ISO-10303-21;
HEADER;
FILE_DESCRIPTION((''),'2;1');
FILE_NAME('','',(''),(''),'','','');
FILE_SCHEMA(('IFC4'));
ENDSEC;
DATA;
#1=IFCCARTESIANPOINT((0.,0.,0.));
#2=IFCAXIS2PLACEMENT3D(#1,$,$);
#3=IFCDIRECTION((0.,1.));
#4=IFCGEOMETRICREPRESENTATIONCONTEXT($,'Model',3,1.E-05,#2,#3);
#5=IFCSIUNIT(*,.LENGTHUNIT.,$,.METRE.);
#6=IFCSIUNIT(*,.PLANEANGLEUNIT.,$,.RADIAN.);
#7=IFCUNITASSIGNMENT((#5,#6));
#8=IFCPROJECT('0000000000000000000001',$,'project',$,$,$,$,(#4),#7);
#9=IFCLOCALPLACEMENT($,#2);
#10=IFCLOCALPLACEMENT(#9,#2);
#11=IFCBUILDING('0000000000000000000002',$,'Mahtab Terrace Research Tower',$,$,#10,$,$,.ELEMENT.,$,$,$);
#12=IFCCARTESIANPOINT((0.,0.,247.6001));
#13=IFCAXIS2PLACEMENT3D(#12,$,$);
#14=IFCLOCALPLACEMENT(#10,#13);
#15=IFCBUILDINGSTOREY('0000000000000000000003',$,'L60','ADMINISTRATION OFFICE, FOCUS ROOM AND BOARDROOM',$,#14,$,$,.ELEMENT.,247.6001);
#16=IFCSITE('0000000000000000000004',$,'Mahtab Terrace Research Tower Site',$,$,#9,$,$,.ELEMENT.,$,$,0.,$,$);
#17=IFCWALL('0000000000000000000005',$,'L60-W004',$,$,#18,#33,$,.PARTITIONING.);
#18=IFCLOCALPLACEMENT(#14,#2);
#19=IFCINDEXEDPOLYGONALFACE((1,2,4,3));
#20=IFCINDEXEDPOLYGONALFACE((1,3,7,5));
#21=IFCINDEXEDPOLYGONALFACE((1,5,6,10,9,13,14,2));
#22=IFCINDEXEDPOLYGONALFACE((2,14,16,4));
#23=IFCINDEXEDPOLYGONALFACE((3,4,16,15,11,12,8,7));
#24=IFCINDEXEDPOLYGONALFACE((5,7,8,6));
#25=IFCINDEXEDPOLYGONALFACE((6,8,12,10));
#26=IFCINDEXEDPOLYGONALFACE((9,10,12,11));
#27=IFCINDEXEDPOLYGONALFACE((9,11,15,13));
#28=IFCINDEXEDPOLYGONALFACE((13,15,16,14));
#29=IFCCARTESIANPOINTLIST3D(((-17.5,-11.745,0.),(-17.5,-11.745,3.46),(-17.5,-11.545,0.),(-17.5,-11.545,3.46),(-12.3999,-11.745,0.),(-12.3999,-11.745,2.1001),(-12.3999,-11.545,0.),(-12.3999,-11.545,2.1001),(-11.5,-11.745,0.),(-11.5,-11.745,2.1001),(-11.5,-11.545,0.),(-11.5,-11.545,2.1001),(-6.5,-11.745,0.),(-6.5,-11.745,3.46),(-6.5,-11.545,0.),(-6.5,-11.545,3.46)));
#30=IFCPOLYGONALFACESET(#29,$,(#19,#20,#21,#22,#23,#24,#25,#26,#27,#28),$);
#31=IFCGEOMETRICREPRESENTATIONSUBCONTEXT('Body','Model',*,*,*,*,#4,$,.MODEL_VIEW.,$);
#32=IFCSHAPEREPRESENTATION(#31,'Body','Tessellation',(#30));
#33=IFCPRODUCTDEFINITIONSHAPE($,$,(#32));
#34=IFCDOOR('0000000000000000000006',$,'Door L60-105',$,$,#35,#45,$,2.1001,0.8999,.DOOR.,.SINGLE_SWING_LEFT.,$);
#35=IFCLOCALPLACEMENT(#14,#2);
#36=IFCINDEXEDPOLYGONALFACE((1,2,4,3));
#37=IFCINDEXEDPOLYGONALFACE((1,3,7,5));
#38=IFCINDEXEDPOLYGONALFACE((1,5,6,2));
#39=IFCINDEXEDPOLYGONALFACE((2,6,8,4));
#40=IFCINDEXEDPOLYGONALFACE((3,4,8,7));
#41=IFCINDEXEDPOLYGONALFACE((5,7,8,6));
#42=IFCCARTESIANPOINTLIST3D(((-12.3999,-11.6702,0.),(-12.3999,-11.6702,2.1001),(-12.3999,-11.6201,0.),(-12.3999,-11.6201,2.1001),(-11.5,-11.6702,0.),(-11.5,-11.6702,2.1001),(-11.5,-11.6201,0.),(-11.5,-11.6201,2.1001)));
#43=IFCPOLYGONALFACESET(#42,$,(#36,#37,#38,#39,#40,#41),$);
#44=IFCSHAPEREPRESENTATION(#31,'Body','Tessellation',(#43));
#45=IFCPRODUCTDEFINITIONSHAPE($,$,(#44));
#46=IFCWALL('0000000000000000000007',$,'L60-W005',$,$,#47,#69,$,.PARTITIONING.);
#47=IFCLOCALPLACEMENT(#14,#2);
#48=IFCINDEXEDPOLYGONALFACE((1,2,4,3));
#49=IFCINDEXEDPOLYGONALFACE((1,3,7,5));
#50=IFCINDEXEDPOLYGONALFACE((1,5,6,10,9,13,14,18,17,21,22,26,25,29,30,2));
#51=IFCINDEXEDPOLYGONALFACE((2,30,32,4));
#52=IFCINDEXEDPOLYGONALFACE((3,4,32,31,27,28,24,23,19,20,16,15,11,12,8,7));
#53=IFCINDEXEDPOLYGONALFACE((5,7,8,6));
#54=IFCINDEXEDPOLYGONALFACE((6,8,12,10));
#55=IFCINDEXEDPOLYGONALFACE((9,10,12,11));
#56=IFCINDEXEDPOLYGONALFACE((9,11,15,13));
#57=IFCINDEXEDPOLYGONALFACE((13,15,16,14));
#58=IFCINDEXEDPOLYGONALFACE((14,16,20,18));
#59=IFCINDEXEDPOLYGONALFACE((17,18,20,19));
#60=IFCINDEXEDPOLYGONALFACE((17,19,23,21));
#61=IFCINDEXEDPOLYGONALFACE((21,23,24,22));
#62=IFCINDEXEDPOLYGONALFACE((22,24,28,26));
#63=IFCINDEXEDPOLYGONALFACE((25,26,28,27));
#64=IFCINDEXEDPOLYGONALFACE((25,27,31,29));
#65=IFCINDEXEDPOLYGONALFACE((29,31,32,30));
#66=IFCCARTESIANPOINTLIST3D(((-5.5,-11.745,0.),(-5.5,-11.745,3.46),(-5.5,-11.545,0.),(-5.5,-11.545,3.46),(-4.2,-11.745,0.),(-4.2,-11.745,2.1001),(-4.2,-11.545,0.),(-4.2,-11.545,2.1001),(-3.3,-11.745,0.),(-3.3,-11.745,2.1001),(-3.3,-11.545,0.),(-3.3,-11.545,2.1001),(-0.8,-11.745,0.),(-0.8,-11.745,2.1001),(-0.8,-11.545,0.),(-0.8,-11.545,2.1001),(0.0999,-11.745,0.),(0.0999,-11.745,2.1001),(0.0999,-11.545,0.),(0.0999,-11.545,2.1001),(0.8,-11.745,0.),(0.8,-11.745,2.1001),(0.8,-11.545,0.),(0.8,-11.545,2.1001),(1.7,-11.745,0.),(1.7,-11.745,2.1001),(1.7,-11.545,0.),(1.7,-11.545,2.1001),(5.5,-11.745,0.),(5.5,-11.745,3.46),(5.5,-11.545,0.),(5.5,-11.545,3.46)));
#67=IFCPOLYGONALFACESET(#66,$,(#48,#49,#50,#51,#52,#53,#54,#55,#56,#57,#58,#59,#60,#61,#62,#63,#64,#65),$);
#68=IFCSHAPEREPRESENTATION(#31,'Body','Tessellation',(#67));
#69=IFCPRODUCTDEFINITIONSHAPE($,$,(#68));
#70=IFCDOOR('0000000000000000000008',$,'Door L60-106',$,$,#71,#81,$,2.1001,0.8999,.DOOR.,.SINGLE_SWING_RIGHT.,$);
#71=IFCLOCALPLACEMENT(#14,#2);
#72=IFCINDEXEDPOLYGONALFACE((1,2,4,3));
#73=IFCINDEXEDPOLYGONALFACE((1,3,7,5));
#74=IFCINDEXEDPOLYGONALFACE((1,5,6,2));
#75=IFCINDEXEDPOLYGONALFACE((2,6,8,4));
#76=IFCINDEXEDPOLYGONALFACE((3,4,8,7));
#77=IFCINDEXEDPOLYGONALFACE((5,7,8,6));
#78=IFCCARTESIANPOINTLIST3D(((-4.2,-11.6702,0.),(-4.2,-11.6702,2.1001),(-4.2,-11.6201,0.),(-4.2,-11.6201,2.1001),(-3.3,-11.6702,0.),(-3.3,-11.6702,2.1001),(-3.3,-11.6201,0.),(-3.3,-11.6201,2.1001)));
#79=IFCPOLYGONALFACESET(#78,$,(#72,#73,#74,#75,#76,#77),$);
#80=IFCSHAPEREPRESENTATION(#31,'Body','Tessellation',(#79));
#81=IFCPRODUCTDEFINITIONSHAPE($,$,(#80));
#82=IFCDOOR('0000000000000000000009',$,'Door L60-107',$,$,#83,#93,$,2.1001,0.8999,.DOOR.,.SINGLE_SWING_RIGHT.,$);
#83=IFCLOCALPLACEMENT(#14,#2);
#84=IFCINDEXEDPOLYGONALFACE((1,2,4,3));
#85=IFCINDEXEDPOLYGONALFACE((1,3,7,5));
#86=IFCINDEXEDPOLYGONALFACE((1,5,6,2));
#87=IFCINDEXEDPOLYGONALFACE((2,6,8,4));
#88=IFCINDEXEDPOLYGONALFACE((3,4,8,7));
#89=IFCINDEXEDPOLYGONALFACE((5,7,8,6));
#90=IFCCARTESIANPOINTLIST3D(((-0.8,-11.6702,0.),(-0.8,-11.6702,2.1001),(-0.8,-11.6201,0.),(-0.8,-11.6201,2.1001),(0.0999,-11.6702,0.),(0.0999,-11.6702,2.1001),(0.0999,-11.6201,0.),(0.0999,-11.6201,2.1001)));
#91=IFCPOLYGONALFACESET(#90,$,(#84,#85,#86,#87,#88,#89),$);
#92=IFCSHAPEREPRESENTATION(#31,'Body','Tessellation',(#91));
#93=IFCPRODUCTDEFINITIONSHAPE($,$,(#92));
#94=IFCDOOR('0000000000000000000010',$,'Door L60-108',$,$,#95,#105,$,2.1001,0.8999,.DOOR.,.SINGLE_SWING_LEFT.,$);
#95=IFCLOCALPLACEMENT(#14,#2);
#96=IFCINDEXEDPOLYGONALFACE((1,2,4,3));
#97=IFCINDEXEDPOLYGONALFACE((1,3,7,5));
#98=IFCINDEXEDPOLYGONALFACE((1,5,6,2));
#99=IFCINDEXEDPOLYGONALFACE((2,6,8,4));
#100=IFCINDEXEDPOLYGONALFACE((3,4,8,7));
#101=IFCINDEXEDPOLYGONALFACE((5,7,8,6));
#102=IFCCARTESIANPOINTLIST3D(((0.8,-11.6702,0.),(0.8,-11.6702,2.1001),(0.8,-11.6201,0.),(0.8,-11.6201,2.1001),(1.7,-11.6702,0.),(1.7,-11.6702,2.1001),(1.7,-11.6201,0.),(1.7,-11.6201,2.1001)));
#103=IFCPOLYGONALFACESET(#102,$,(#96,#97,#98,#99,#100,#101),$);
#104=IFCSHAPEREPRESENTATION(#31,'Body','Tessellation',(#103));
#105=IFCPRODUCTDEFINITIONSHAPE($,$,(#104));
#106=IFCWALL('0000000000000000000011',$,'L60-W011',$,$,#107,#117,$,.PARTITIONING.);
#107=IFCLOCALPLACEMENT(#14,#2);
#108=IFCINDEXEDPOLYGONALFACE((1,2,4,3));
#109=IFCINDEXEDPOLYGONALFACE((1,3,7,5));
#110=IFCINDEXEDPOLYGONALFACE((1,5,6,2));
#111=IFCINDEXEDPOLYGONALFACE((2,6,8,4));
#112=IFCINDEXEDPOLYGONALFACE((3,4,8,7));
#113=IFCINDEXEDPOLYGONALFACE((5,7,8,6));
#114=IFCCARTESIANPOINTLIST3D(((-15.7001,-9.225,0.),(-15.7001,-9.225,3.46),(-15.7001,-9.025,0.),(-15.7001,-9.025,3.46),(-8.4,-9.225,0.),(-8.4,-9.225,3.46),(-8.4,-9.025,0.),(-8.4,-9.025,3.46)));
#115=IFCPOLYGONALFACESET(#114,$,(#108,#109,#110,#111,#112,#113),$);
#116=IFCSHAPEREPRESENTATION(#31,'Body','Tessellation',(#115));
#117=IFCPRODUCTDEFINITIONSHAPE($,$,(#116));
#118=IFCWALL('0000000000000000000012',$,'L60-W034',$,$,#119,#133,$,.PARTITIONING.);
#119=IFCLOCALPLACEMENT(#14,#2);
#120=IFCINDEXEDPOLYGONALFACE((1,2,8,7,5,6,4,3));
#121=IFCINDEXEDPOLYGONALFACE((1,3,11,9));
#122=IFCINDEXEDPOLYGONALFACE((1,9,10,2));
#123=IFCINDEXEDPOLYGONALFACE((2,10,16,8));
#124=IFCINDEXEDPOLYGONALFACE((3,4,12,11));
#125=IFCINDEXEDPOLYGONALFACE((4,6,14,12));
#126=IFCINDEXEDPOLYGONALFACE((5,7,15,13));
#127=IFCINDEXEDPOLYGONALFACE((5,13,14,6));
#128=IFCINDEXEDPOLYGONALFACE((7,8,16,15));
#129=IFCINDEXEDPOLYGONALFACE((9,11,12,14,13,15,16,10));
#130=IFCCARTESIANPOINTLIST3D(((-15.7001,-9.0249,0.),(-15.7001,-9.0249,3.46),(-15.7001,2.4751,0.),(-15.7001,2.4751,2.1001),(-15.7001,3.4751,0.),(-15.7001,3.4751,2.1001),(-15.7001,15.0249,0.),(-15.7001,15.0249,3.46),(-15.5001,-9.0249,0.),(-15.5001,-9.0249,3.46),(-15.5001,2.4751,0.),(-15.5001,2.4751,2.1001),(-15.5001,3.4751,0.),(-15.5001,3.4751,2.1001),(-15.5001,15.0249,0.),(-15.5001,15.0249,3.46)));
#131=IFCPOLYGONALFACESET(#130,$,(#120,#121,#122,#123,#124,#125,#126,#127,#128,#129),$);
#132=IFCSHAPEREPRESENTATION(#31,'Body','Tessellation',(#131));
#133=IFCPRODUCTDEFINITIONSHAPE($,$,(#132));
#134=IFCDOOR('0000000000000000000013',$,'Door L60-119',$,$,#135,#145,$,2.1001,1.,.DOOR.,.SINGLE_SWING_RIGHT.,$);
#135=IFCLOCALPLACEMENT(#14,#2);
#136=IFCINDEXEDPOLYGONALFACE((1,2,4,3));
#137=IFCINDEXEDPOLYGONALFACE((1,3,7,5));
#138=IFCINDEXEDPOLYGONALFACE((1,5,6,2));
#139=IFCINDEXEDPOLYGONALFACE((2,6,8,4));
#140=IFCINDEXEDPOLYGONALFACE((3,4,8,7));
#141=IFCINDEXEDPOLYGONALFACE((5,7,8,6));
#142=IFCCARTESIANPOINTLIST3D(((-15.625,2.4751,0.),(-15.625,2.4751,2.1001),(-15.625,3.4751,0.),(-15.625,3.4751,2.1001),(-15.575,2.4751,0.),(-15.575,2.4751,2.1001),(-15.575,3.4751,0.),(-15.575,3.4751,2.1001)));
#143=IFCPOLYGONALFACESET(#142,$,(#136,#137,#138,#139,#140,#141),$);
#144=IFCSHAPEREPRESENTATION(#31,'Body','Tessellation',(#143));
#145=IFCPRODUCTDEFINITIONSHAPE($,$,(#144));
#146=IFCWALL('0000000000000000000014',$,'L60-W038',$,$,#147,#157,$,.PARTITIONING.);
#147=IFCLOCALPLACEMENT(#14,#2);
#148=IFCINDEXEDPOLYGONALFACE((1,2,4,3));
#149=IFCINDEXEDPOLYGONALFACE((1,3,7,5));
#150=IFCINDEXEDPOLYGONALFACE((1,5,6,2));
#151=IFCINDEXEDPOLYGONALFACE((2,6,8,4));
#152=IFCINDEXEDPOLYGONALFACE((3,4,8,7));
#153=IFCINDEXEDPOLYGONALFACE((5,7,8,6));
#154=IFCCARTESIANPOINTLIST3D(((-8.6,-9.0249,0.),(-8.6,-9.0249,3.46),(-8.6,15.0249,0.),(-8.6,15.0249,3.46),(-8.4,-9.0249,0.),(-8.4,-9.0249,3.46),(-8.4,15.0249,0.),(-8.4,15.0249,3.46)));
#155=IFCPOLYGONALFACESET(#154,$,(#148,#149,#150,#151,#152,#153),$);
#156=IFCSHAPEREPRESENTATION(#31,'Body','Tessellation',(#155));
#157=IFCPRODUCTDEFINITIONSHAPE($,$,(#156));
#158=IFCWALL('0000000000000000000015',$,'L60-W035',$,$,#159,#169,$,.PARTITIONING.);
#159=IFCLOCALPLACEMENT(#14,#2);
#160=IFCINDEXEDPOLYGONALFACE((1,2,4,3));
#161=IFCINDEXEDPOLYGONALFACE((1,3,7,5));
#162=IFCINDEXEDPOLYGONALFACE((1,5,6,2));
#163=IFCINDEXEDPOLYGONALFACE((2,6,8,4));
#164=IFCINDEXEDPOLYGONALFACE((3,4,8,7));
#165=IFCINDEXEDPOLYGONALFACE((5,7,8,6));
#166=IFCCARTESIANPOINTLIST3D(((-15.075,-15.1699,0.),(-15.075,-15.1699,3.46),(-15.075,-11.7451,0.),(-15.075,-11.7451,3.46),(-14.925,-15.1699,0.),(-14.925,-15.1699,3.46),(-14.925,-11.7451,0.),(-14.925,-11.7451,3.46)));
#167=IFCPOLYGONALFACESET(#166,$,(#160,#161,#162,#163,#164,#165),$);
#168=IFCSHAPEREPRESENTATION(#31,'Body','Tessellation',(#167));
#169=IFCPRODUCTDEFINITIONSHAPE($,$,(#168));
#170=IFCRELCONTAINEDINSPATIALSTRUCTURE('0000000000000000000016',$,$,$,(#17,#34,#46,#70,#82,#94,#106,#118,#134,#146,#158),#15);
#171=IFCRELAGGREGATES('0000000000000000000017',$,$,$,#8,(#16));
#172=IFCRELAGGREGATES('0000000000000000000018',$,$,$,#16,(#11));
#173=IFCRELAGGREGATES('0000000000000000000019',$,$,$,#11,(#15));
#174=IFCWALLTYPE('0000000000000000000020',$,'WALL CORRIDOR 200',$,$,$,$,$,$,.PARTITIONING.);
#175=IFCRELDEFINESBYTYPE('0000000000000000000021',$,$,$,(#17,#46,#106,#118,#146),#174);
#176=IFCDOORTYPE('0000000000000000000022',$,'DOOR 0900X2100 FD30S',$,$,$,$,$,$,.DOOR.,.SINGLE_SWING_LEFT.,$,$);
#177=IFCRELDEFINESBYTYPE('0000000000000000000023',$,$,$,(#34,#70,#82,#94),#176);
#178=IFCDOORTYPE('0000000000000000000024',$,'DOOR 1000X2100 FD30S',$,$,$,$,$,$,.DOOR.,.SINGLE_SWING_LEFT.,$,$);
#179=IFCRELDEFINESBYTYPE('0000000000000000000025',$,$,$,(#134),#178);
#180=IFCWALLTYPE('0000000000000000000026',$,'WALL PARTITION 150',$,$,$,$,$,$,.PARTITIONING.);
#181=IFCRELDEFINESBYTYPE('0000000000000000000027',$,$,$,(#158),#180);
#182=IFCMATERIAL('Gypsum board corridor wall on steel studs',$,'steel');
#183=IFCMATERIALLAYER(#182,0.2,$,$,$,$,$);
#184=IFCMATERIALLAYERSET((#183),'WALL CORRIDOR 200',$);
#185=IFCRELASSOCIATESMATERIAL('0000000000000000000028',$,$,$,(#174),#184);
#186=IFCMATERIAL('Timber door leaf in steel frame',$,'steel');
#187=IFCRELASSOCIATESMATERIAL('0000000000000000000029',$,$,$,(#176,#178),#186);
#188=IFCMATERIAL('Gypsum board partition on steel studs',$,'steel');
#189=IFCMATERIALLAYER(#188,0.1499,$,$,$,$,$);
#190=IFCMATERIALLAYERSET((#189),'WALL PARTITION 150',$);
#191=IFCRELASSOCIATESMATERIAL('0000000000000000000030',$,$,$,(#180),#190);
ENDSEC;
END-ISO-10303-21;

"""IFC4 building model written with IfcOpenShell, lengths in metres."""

from ifc_helpers import new_model, si_unit, direction, frame, frame_2d, origin, place, context, subcontext, project, spatial, rectangle, extrude, material, layer, layer_set, type_object, element, fill, save


model = new_model("IFC4")

# Units and contexts
model_context = context("Model", 3, precision=1e-05, world=origin(), true_north=direction((0.0, 1.0)))
body_context = subcontext(model_context, "Body", "Model", "MODEL_VIEW")
ifc_project = project(units=[si_unit("LENGTHUNIT", "METRE"), si_unit("PLANEANGLEUNIT", "RADIAN")], contexts=[model_context])

# Site, building, storey
site_placement = place(None, origin())
site = spatial("IfcSite", under=ifc_project, at=site_placement, Name="Mahtab Terrace Research Tower Site", CompositionType="ELEMENT", RefElevation=0.0)
building_placement = place(site_placement, origin())
building = spatial("IfcBuilding", under=site, at=building_placement, Name="Mahtab Terrace Research Tower", CompositionType="ELEMENT")
storey_placement = place(building_placement, frame((0.0, 0.0, 247.6001)))
storey = spatial("IfcBuildingStorey", under=building, at=storey_placement, Name="L60", Description="ADMINISTRATION OFFICE, FOCUS ROOM AND BOARDROOM", CompositionType="ELEMENT", Elevation=247.6001)

# Wall, opening, door
ifc_material_1 = material(Name="Gypsum board corridor wall on steel studs", Category="steel")
ifc_layer_1 = layer(ifc_material_1, 0.2)
ifc_layer_set_1 = layer_set([ifc_layer_1], Name="WALL CORRIDOR 200")
wall_type_1 = type_object("IfcWallType", Name="WALL CORRIDOR 200", PredefinedType="PARTITIONING", material=ifc_layer_set_1)
wall_1_placement = place(storey_placement, frame((-17.5, -11.645, 0.0), z_axis=(0.0, 0.0, 1.0), x_axis=(1.0, 0.0, 0.0)))
wall_1 = element("IfcWall", 1, at=wall_1_placement, inside=storey, type_object=wall_type_1, Name="L60-W004", PredefinedType="PARTITIONING", context=body_context, shape_type="SweptSolid", body=[
    extrude(rectangle(XDim=11.0, YDim=0.2, at=frame_2d((5.5, 0.0))), origin(), (0.0, 0.0, 1.0), 3.46),
])
opening_1_placement = place(wall_1_placement, frame((5.1001, 0.0, 0.0)))
opening_1 = element("IfcOpeningElement", 2, at=opening_1_placement, cuts=wall_1, PredefinedType="OPENING", context=body_context, shape_type="SweptSolid", body=[
    extrude(rectangle(XDim=0.8999, YDim=2.1001, at=frame_2d((0.45, 1.05))), frame((0.0, 0.1099, 0.0), z_axis=(0.0, -1.0, 0.0), x_axis=(1.0, 0.0, 0.0)), (0.0, 0.0, 1.0), 0.22),
])
ifc_material_2 = material(Name="Timber door leaf in steel frame", Category="steel")
door_type_1 = type_object("IfcDoorType", Name="DOOR 0900X2100 FD30S", OperationType="SINGLE_SWING_LEFT", PredefinedType="DOOR", material=ifc_material_2)
door_1_placement = place(opening_1_placement, origin())
door_1 = element("IfcDoor", 3, at=door_1_placement, inside=storey, type_object=door_type_1, Name="Door L60-105", OperationType="SINGLE_SWING_LEFT", OverallHeight=2.1001, OverallWidth=0.8999, PredefinedType="DOOR", context=body_context, shape_type="SweptSolid", body=[
    extrude(rectangle(XDim=0.8999, YDim=2.1001, at=frame_2d((0.45, 1.05))), frame((0.0, 0.0249, 0.0), z_axis=(0.0, -1.0, 0.0), x_axis=(1.0, 0.0, 0.0)), (0.0, 0.0, 1.0), 0.05),
])
fill(opening_1, door_1)

# Wall, openings, doors
wall_2_placement = place(storey_placement, frame((-5.5, -11.645, 0.0), z_axis=(0.0, 0.0, 1.0), x_axis=(1.0, 0.0, 0.0)))
wall_2 = element("IfcWall", 4, at=wall_2_placement, inside=storey, type_object=wall_type_1, Name="L60-W005", PredefinedType="PARTITIONING", context=body_context, shape_type="SweptSolid", body=[
    extrude(rectangle(XDim=11.0, YDim=0.2, at=frame_2d((5.5, 0.0))), origin(), (0.0, 0.0, 1.0), 3.46),
])
opening_2_placement = place(wall_2_placement, frame((1.3, 0.0, 0.0)))
opening_2 = element("IfcOpeningElement", 5, at=opening_2_placement, cuts=wall_2, PredefinedType="OPENING", context=body_context, shape_type="SweptSolid", body=[
    extrude(rectangle(XDim=0.8999, YDim=2.1001, at=frame_2d((0.45, 1.05))), frame((0.0, 0.1099, 0.0), z_axis=(0.0, -1.0, 0.0), x_axis=(1.0, 0.0, 0.0)), (0.0, 0.0, 1.0), 0.22),
])
opening_3_placement = place(wall_2_placement, frame((4.7, 0.0, 0.0)))
opening_3 = element("IfcOpeningElement", 6, at=opening_3_placement, cuts=wall_2, PredefinedType="OPENING", context=body_context, shape_type="SweptSolid", body=[
    extrude(rectangle(XDim=0.8999, YDim=2.1001, at=frame_2d((0.45, 1.05))), frame((0.0, 0.1099, 0.0), z_axis=(0.0, -1.0, 0.0), x_axis=(1.0, 0.0, 0.0)), (0.0, 0.0, 1.0), 0.22),
])
opening_4_placement = place(wall_2_placement, frame((6.3, 0.0, 0.0)))
opening_4 = element("IfcOpeningElement", 7, at=opening_4_placement, cuts=wall_2, PredefinedType="OPENING", context=body_context, shape_type="SweptSolid", body=[
    extrude(rectangle(XDim=0.8999, YDim=2.1001, at=frame_2d((0.45, 1.05))), frame((0.0, 0.1099, 0.0), z_axis=(0.0, -1.0, 0.0), x_axis=(1.0, 0.0, 0.0)), (0.0, 0.0, 1.0), 0.22),
])
door_2_placement = place(opening_2_placement, origin())
door_2 = element("IfcDoor", 8, at=door_2_placement, inside=storey, type_object=door_type_1, Name="Door L60-106", OperationType="SINGLE_SWING_RIGHT", OverallHeight=2.1001, OverallWidth=0.8999, PredefinedType="DOOR", context=body_context, shape_type="SweptSolid", body=[
    extrude(rectangle(XDim=0.8999, YDim=2.1001, at=frame_2d((0.45, 1.05))), frame((0.0, 0.0249, 0.0), z_axis=(0.0, -1.0, 0.0), x_axis=(1.0, 0.0, 0.0)), (0.0, 0.0, 1.0), 0.05),
])
fill(opening_2, door_2)
door_3_placement = place(opening_3_placement, origin())
door_3 = element("IfcDoor", 9, at=door_3_placement, inside=storey, type_object=door_type_1, Name="Door L60-107", OperationType="SINGLE_SWING_RIGHT", OverallHeight=2.1001, OverallWidth=0.8999, PredefinedType="DOOR", context=body_context, shape_type="SweptSolid", body=[
    extrude(rectangle(XDim=0.8999, YDim=2.1001, at=frame_2d((0.45, 1.05))), frame((0.0, 0.0249, 0.0), z_axis=(0.0, -1.0, 0.0), x_axis=(1.0, 0.0, 0.0)), (0.0, 0.0, 1.0), 0.05),
])
fill(opening_3, door_3)
door_4_placement = place(opening_4_placement, origin())
door_4 = element("IfcDoor", 10, at=door_4_placement, inside=storey, type_object=door_type_1, Name="Door L60-108", OperationType="SINGLE_SWING_LEFT", OverallHeight=2.1001, OverallWidth=0.8999, PredefinedType="DOOR", context=body_context, shape_type="SweptSolid", body=[
    extrude(rectangle(XDim=0.8999, YDim=2.1001, at=frame_2d((0.45, 1.05))), frame((0.0, 0.0249, 0.0), z_axis=(0.0, -1.0, 0.0), x_axis=(1.0, 0.0, 0.0)), (0.0, 0.0, 1.0), 0.05),
])
fill(opening_4, door_4)

# Wall
wall_3_placement = place(storey_placement, frame((-15.7, -9.125, 0.0), z_axis=(0.0, 0.0, 1.0), x_axis=(1.0, 0.0, 0.0)))
element("IfcWall", 11, at=wall_3_placement, inside=storey, type_object=wall_type_1, Name="L60-W011", PredefinedType="PARTITIONING", context=body_context, shape_type="SweptSolid", body=[
    extrude(rectangle(XDim=7.3, YDim=0.2, at=frame_2d((3.6499, 0.0))), origin(), (0.0, 0.0, 1.0), 3.46),
])

# Wall, opening, door
wall_4_placement = place(storey_placement, frame((-15.6001, -9.0249, 0.0), z_axis=(0.0, 0.0, 1.0), x_axis=(0.0, 1.0, 0.0)))
wall_4 = element("IfcWall", 12, at=wall_4_placement, inside=storey, type_object=wall_type_1, Name="L60-W034", PredefinedType="PARTITIONING", context=body_context, shape_type="SweptSolid", body=[
    extrude(rectangle(XDim=24.0498, YDim=0.2, at=frame_2d((12.0249, 0.0))), origin(), (0.0, 0.0, 1.0), 3.46),
])
opening_5_placement = place(wall_4_placement, frame((11.5, 0.0, 0.0)))
opening_5 = element("IfcOpeningElement", 13, at=opening_5_placement, cuts=wall_4, PredefinedType="OPENING", context=body_context, shape_type="SweptSolid", body=[
    extrude(rectangle(XDim=1.0, YDim=2.1001, at=frame_2d((0.5, 1.05))), frame((0.0, 0.1099, 0.0), z_axis=(0.0, -1.0, 0.0), x_axis=(1.0, 0.0, 0.0)), (0.0, 0.0, 1.0), 0.22),
])
door_type_2 = type_object("IfcDoorType", Name="DOOR 1000X2100 FD30S", OperationType="SINGLE_SWING_LEFT", PredefinedType="DOOR", material=ifc_material_2)
door_5_placement = place(opening_5_placement, origin())
door_5 = element("IfcDoor", 14, at=door_5_placement, inside=storey, type_object=door_type_2, Name="Door L60-119", OperationType="SINGLE_SWING_RIGHT", OverallHeight=2.1001, OverallWidth=1.0, PredefinedType="DOOR", context=body_context, shape_type="SweptSolid", body=[
    extrude(rectangle(XDim=1.0, YDim=2.1001, at=frame_2d((0.5, 1.05))), frame((0.0, 0.0249, 0.0), z_axis=(0.0, -1.0, 0.0), x_axis=(1.0, 0.0, 0.0)), (0.0, 0.0, 1.0), 0.05),
])
fill(opening_5, door_5)

# Walls
wall_5_placement = place(storey_placement, frame((-8.5, -9.0249, 0.0), z_axis=(0.0, 0.0, 1.0), x_axis=(0.0, 1.0, 0.0)))
element("IfcWall", 15, at=wall_5_placement, inside=storey, type_object=wall_type_1, Name="L60-W038", PredefinedType="PARTITIONING", context=body_context, shape_type="SweptSolid", body=[
    extrude(rectangle(XDim=24.0498, YDim=0.2, at=frame_2d((12.0249, 0.0))), origin(), (0.0, 0.0, 1.0), 3.46),
])
ifc_material_3 = material(Name="Gypsum board partition on steel studs", Category="steel")
ifc_layer_2 = layer(ifc_material_3, 0.1499)
ifc_layer_set_2 = layer_set([ifc_layer_2], Name="WALL PARTITION 150")
wall_type_2 = type_object("IfcWallType", Name="WALL PARTITION 150", PredefinedType="PARTITIONING", material=ifc_layer_set_2)
for number, where, z_axis, x_axis, name in (
    (16, (-15.0, -15.1699, 0.0), (0.0, 0.0, 1.0), (0.0, 1.0, 0.0), "L60-W035"),
):
    element("IfcWall", number, at=place(storey_placement, frame(where, z_axis=z_axis, x_axis=x_axis)), inside=storey, type_object=wall_type_2, Name=name, PredefinedType="PARTITIONING", context=body_context, shape_type="SweptSolid", body=[
        extrude(rectangle(XDim=3.4248, YDim=0.1499, at=frame_2d((1.7124, 0.0))), origin(), (0.0, 0.0, 1.0), 3.46),
    ])

save(model, "model.ifc")
